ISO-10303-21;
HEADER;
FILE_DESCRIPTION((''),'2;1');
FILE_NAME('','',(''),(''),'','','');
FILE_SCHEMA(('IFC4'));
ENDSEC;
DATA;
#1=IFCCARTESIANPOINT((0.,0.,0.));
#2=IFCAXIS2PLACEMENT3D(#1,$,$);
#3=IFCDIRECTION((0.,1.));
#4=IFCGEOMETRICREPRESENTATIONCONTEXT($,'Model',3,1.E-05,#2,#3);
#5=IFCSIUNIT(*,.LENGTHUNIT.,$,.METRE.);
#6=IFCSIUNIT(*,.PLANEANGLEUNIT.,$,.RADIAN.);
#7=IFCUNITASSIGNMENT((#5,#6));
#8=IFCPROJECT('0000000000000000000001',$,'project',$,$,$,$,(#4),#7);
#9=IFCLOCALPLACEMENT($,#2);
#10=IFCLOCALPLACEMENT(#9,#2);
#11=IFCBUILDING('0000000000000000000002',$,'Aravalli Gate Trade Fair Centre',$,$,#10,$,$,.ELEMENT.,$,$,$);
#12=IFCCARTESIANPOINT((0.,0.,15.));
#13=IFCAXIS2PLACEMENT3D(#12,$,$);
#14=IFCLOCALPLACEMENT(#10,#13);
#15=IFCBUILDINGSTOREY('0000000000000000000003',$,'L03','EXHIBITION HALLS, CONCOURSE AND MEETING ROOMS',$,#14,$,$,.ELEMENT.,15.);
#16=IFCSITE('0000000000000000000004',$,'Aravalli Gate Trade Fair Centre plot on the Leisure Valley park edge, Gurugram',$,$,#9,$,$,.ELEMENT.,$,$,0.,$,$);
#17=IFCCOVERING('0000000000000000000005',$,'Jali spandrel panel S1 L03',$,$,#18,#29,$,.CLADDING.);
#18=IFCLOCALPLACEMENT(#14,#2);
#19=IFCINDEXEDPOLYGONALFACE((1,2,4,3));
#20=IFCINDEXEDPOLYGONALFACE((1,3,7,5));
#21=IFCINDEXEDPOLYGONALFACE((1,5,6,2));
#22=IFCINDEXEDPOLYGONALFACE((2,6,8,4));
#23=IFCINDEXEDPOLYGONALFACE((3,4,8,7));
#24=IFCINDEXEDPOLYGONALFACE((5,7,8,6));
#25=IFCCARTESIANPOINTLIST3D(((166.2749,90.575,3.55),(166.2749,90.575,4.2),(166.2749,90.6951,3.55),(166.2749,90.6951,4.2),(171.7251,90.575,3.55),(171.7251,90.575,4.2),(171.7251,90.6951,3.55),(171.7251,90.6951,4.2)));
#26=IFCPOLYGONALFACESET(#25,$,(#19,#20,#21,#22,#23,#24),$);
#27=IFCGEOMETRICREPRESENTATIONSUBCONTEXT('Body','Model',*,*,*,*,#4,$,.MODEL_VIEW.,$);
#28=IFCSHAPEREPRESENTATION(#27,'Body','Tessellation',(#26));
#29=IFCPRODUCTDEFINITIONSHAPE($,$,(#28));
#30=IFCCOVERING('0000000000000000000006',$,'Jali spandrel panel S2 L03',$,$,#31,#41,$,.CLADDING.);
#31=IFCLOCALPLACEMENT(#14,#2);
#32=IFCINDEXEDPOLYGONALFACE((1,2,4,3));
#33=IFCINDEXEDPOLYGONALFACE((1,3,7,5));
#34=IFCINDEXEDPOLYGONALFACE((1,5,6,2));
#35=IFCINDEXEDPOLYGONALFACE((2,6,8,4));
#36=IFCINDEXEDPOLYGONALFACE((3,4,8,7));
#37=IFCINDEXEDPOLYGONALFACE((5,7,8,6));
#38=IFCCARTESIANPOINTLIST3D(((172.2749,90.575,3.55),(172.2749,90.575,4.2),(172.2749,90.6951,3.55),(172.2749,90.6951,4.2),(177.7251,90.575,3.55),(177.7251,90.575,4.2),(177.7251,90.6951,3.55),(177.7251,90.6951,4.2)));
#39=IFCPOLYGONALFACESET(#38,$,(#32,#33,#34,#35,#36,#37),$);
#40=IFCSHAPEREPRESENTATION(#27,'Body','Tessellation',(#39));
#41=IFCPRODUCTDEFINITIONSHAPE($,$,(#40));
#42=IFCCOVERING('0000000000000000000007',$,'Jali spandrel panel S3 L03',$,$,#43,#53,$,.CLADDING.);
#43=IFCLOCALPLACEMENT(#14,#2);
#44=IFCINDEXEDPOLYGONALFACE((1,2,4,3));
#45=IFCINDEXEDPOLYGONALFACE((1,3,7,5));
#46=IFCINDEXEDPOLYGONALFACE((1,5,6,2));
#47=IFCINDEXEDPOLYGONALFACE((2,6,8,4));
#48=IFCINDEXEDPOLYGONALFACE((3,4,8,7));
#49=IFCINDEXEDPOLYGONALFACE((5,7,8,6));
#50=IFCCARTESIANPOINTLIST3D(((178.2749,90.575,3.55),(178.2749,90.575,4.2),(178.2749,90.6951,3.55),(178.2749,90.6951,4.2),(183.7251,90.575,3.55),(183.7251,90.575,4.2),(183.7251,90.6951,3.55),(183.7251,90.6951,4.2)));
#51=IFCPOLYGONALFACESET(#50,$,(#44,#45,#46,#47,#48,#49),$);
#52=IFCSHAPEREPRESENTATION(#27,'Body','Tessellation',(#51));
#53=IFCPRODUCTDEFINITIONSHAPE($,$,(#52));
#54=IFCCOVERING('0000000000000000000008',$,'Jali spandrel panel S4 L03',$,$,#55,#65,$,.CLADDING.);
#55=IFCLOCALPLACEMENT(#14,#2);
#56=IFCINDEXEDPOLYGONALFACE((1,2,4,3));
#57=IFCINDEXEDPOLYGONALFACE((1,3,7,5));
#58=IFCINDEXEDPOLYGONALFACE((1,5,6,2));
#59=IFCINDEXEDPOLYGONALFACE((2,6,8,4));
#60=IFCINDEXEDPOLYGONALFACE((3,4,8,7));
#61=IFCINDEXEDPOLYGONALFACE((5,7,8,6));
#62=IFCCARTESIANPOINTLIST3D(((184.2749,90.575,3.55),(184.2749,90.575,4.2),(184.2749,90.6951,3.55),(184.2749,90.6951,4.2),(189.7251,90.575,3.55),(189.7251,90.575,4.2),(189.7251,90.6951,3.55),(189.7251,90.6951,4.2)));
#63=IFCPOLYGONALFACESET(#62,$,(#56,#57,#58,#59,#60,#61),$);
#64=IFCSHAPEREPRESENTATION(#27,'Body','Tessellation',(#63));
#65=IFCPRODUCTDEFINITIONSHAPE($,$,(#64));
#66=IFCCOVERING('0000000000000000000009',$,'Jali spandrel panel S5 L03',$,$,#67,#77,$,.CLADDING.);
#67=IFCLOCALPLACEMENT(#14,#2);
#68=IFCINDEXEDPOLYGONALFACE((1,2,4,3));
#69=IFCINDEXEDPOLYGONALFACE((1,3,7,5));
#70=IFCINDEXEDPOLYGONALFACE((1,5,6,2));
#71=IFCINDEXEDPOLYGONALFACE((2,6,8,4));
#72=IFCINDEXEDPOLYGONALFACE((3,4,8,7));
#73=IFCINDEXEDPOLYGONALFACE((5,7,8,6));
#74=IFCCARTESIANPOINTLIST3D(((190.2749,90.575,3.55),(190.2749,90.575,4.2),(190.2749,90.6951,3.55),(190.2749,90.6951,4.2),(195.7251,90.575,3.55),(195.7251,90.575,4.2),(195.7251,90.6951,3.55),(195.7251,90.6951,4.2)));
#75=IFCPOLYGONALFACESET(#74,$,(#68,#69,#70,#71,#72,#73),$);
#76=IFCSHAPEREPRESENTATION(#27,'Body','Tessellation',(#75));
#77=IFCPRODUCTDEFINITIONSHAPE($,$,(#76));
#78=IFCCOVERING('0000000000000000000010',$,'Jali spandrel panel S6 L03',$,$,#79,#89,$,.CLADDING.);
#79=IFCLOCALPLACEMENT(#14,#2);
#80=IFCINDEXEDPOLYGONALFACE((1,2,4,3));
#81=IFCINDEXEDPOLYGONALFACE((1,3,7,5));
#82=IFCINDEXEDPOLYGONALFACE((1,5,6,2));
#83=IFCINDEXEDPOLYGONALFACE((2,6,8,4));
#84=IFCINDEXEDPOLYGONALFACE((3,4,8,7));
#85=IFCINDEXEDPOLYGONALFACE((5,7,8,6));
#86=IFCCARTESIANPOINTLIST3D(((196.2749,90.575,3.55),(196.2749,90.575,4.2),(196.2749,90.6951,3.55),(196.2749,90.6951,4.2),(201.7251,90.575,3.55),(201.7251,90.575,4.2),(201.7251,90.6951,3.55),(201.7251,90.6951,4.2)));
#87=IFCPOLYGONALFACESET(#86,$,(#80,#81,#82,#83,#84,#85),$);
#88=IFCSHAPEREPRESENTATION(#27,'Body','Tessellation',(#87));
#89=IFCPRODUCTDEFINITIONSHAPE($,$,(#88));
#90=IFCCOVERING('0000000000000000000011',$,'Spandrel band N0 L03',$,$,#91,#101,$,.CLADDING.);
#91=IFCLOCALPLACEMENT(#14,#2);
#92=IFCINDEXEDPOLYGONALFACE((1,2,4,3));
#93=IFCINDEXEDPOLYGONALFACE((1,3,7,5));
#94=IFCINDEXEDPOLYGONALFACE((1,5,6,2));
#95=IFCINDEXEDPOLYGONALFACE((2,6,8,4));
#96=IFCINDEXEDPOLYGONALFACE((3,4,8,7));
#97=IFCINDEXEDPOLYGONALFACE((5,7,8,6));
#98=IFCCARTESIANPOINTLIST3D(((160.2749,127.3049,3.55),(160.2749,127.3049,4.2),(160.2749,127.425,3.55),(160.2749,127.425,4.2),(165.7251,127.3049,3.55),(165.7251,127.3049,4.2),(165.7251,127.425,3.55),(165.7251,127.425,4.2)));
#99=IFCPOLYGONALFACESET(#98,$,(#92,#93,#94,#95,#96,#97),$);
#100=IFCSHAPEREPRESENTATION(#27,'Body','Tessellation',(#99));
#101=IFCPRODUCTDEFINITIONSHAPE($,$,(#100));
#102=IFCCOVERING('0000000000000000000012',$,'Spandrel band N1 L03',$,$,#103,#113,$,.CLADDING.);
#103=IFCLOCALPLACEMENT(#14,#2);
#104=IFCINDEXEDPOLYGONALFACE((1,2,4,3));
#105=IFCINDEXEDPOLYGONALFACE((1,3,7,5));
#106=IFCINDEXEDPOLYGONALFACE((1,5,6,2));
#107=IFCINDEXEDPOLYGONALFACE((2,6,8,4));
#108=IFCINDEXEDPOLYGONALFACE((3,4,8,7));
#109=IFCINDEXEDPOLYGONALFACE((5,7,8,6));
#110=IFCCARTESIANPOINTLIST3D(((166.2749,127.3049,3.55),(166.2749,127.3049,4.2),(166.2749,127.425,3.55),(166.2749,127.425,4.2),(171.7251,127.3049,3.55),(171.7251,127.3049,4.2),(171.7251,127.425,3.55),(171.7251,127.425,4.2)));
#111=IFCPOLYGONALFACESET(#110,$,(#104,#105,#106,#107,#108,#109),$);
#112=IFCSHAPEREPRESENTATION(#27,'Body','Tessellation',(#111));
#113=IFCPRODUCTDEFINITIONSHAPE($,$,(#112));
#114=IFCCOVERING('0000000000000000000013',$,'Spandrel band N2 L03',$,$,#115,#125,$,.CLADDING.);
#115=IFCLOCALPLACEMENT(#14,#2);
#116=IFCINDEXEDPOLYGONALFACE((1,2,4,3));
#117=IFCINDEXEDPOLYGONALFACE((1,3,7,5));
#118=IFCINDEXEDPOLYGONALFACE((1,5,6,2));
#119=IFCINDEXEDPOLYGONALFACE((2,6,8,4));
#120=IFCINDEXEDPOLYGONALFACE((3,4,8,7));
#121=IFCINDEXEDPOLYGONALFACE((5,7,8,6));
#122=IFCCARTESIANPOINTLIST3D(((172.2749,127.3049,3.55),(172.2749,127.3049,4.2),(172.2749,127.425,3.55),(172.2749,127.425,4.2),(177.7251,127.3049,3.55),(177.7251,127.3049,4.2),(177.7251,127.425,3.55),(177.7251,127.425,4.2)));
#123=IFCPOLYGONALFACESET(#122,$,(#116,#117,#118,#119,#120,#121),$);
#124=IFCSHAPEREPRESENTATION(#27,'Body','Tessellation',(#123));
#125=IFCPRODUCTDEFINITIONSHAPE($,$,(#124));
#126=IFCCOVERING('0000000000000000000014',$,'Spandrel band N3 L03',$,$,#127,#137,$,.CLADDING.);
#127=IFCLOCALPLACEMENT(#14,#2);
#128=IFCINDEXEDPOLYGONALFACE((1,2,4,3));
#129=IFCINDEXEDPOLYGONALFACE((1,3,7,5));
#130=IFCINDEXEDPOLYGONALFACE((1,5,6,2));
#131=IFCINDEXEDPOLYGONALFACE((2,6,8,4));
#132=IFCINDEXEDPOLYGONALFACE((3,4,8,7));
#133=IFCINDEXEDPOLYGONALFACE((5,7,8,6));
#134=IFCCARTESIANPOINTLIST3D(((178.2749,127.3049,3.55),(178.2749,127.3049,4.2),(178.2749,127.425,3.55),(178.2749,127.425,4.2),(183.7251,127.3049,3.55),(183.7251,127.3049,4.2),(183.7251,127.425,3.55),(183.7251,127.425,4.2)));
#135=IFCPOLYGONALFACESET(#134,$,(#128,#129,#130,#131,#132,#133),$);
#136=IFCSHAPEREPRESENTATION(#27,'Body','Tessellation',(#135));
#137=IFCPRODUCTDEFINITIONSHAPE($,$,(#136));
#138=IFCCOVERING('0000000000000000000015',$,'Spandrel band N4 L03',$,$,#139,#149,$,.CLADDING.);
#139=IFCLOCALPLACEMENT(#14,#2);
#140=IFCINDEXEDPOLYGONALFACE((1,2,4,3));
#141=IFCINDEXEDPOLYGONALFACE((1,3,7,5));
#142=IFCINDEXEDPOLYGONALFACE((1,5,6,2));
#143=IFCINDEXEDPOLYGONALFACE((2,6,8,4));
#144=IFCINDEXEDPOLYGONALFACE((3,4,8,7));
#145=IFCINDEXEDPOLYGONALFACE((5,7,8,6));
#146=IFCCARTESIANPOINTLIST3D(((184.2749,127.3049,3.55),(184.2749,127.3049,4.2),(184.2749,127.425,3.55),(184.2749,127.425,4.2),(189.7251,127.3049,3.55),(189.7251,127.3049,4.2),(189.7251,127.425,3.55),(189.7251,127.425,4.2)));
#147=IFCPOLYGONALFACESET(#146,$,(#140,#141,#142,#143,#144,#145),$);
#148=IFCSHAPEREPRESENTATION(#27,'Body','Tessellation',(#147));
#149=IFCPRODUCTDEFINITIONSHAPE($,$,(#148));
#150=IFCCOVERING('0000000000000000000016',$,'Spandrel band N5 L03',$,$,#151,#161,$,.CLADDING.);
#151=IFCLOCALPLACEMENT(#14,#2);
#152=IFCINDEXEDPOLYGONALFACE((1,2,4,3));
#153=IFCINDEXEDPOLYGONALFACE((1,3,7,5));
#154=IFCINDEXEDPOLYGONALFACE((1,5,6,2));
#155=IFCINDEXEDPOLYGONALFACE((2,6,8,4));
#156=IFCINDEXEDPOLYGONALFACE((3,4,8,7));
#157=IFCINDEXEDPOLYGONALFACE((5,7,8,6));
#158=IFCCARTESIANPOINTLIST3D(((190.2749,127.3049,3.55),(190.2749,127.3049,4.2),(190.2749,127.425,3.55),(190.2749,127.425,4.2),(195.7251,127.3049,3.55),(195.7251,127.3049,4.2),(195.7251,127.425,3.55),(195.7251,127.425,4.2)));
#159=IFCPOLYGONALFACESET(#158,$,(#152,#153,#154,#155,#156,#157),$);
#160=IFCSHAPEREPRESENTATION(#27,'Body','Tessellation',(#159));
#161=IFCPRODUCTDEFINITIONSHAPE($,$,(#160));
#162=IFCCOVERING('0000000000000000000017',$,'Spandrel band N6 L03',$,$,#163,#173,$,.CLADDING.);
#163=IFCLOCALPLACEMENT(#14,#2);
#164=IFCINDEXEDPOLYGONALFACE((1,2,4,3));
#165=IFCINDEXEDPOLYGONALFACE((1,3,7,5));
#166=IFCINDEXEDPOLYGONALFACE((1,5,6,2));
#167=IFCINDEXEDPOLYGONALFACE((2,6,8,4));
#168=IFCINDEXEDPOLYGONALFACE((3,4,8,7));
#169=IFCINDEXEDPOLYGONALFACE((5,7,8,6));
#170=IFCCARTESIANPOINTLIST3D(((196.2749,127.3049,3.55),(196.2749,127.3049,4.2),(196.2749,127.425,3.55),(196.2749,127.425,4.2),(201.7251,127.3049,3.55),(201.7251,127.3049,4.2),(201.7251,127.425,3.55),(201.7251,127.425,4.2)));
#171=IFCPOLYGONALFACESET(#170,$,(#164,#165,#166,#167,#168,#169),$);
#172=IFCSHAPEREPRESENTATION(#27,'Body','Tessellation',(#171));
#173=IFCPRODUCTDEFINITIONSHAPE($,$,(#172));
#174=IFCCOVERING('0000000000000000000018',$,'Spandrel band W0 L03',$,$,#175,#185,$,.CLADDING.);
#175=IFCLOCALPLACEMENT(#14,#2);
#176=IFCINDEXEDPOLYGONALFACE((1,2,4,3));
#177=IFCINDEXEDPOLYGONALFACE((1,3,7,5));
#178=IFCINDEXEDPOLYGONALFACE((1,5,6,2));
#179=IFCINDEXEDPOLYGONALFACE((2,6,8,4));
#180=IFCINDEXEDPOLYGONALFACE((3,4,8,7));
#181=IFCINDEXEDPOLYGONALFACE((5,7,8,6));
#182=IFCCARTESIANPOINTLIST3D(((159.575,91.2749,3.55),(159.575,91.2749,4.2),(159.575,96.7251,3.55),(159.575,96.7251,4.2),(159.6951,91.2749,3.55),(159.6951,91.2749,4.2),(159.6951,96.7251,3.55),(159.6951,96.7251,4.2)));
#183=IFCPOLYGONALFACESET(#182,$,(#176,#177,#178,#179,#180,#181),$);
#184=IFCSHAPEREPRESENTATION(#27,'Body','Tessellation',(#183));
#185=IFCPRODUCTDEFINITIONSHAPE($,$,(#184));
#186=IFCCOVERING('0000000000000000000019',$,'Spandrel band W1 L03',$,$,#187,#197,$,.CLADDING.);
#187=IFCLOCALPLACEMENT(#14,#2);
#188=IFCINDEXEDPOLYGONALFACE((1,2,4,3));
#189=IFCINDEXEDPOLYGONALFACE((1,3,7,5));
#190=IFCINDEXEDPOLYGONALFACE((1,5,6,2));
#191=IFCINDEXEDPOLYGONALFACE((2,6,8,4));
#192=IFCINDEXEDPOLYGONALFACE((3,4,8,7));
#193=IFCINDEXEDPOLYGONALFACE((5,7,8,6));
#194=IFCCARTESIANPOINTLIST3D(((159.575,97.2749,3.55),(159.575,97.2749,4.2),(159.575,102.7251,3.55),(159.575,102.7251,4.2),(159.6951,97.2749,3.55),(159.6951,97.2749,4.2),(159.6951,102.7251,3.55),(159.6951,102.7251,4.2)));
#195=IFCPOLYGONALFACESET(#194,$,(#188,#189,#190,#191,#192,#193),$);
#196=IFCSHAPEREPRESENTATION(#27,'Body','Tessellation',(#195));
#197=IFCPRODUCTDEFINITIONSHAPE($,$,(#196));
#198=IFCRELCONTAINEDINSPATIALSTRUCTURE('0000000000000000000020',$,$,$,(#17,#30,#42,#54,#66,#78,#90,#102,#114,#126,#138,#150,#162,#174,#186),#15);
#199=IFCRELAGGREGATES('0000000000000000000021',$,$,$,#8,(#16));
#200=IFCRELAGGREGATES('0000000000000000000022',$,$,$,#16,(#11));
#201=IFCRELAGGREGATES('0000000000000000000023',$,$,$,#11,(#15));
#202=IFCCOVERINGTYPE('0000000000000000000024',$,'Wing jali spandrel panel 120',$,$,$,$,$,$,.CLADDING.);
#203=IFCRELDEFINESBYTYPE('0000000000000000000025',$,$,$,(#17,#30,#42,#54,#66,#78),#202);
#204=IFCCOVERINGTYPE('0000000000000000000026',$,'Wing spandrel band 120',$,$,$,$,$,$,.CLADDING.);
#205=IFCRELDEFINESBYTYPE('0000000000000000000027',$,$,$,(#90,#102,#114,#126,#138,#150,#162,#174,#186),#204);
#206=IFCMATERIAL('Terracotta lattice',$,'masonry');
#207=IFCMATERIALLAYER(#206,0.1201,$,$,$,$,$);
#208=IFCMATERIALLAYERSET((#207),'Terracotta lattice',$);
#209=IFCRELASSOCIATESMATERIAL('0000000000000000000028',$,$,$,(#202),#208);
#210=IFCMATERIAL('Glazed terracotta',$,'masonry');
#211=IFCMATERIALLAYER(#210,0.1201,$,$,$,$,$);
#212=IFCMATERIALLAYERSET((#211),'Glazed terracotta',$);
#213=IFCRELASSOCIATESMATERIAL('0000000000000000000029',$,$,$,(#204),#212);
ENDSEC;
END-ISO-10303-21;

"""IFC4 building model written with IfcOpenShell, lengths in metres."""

from ifc_helpers import new_model, si_unit, direction, frame, origin, place, context, subcontext, project, spatial, polyline, outline, extrude, material, layer, layer_set, type_object, element, save


model = new_model("IFC4")

# Units and contexts
model_context = context("Model", 3, precision=1e-05, world=origin(), true_north=direction((0.0, 1.0)))
body_context = subcontext(model_context, "Body", "Model", "MODEL_VIEW")
ifc_project = project(units=[si_unit("LENGTHUNIT", "METRE"), si_unit("PLANEANGLEUNIT", "RADIAN")], contexts=[model_context])

# Site, building, storey
site_placement = place(None, origin())
site = spatial("IfcSite", under=ifc_project, at=site_placement, Name="Aravalli Gate Trade Fair Centre plot on the Leisure Valley park edge, Gurugram", CompositionType="ELEMENT", RefElevation=0.0)
building_placement = place(site_placement, origin())
building = spatial("IfcBuilding", under=site, at=building_placement, Name="Aravalli Gate Trade Fair Centre", CompositionType="ELEMENT")
storey_placement = place(building_placement, frame((0.0, 0.0, 15.0)))
storey = spatial("IfcBuildingStorey", under=building, at=storey_placement, Name="L03", Description="EXHIBITION HALLS, CONCOURSE AND MEETING ROOMS", CompositionType="ELEMENT", Elevation=15.0)

# Coverings
ifc_material_1 = material(Name="Terracotta lattice", Category="masonry")
ifc_layer_1 = layer(ifc_material_1, 0.1201)
ifc_layer_set_1 = layer_set([ifc_layer_1], Name="Terracotta lattice")
covering_type_1 = type_object("IfcCoveringType", Name="Wing jali spandrel panel 120", PredefinedType="CLADDING", material=ifc_layer_set_1)
covering_1_placement = place(storey_placement, frame((0.0, 0.0, 3.55)))
element("IfcCovering", 1, at=covering_1_placement, inside=storey, type_object=covering_type_1, Name="Jali spandrel panel S1 L03", PredefinedType="CLADDING", context=body_context, shape_type="SweptSolid", body=[
    extrude(outline(polyline([(166.2749, 90.575), (171.7251, 90.575), (171.7251, 90.6951), (166.2749, 90.6951), (166.2749, 90.575)])), origin(), (0.0, 0.0, 1.0), 0.6499),
])
covering_2_placement = place(storey_placement, frame((0.0, 0.0, 3.55)))
element("IfcCovering", 2, at=covering_2_placement, inside=storey, type_object=covering_type_1, Name="Jali spandrel panel S2 L03", PredefinedType="CLADDING", context=body_context, shape_type="SweptSolid", body=[
    extrude(outline(polyline([(172.2749, 90.575), (177.7251, 90.575), (177.7251, 90.6951), (172.2749, 90.6951), (172.2749, 90.575)])), origin(), (0.0, 0.0, 1.0), 0.6499),
])
covering_3_placement = place(storey_placement, frame((0.0, 0.0, 3.55)))
element("IfcCovering", 3, at=covering_3_placement, inside=storey, type_object=covering_type_1, Name="Jali spandrel panel S3 L03", PredefinedType="CLADDING", context=body_context, shape_type="SweptSolid", body=[
    extrude(outline(polyline([(178.2749, 90.575), (183.7251, 90.575), (183.7251, 90.6951), (178.2749, 90.6951), (178.2749, 90.575)])), origin(), (0.0, 0.0, 1.0), 0.6499),
])
covering_4_placement = place(storey_placement, frame((0.0, 0.0, 3.55)))
element("IfcCovering", 4, at=covering_4_placement, inside=storey, type_object=covering_type_1, Name="Jali spandrel panel S4 L03", PredefinedType="CLADDING", context=body_context, shape_type="SweptSolid", body=[
    extrude(outline(polyline([(184.2749, 90.575), (189.7251, 90.575), (189.7251, 90.6951), (184.2749, 90.6951), (184.2749, 90.575)])), origin(), (0.0, 0.0, 1.0), 0.6499),
])
covering_5_placement = place(storey_placement, frame((0.0, 0.0, 3.55)))
element("IfcCovering", 5, at=covering_5_placement, inside=storey, type_object=covering_type_1, Name="Jali spandrel panel S5 L03", PredefinedType="CLADDING", context=body_context, shape_type="SweptSolid", body=[
    extrude(outline(polyline([(190.2749, 90.575), (195.7251, 90.575), (195.7251, 90.6951), (190.2749, 90.6951), (190.2749, 90.575)])), origin(), (0.0, 0.0, 1.0), 0.6499),
])
covering_6_placement = place(storey_placement, frame((0.0, 0.0, 3.55)))
element("IfcCovering", 6, at=covering_6_placement, inside=storey, type_object=covering_type_1, Name="Jali spandrel panel S6 L03", PredefinedType="CLADDING", context=body_context, shape_type="SweptSolid", body=[
    extrude(outline(polyline([(196.2749, 90.575), (201.7251, 90.575), (201.7251, 90.6951), (196.2749, 90.6951), (196.2749, 90.575)])), origin(), (0.0, 0.0, 1.0), 0.6499),
])
ifc_material_2 = material(Name="Glazed terracotta", Category="masonry")
ifc_layer_2 = layer(ifc_material_2, 0.1201)
ifc_layer_set_2 = layer_set([ifc_layer_2], Name="Glazed terracotta")
covering_type_2 = type_object("IfcCoveringType", Name="Wing spandrel band 120", PredefinedType="CLADDING", material=ifc_layer_set_2)
covering_7_placement = place(storey_placement, frame((0.0, 0.0, 3.55)))
element("IfcCovering", 7, at=covering_7_placement, inside=storey, type_object=covering_type_2, Name="Spandrel band N0 L03", PredefinedType="CLADDING", context=body_context, shape_type="SweptSolid", body=[
    extrude(outline(polyline([(160.2749, 127.3049), (165.7251, 127.3049), (165.7251, 127.425), (160.2749, 127.425), (160.2749, 127.3049)])), origin(), (0.0, 0.0, 1.0), 0.6499),
])
covering_8_placement = place(storey_placement, frame((0.0, 0.0, 3.55)))
element("IfcCovering", 8, at=covering_8_placement, inside=storey, type_object=covering_type_2, Name="Spandrel band N1 L03", PredefinedType="CLADDING", context=body_context, shape_type="SweptSolid", body=[
    extrude(outline(polyline([(166.2749, 127.3049), (171.7251, 127.3049), (171.7251, 127.425), (166.2749, 127.425), (166.2749, 127.3049)])), origin(), (0.0, 0.0, 1.0), 0.6499),
])
covering_9_placement = place(storey_placement, frame((0.0, 0.0, 3.55)))
element("IfcCovering", 9, at=covering_9_placement, inside=storey, type_object=covering_type_2, Name="Spandrel band N2 L03", PredefinedType="CLADDING", context=body_context, shape_type="SweptSolid", body=[
    extrude(outline(polyline([(172.2749, 127.3049), (177.7251, 127.3049), (177.7251, 127.425), (172.2749, 127.425), (172.2749, 127.3049)])), origin(), (0.0, 0.0, 1.0), 0.6499),
])
covering_10_placement = place(storey_placement, frame((0.0, 0.0, 3.55)))
element("IfcCovering", 10, at=covering_10_placement, inside=storey, type_object=covering_type_2, Name="Spandrel band N3 L03", PredefinedType="CLADDING", context=body_context, shape_type="SweptSolid", body=[
    extrude(outline(polyline([(178.2749, 127.3049), (183.7251, 127.3049), (183.7251, 127.425), (178.2749, 127.425), (178.2749, 127.3049)])), origin(), (0.0, 0.0, 1.0), 0.6499),
])
covering_11_placement = place(storey_placement, frame((0.0, 0.0, 3.55)))
element("IfcCovering", 11, at=covering_11_placement, inside=storey, type_object=covering_type_2, Name="Spandrel band N4 L03", PredefinedType="CLADDING", context=body_context, shape_type="SweptSolid", body=[
    extrude(outline(polyline([(184.2749, 127.3049), (189.7251, 127.3049), (189.7251, 127.425), (184.2749, 127.425), (184.2749, 127.3049)])), origin(), (0.0, 0.0, 1.0), 0.6499),
])
covering_12_placement = place(storey_placement, frame((0.0, 0.0, 3.55)))
element("IfcCovering", 12, at=covering_12_placement, inside=storey, type_object=covering_type_2, Name="Spandrel band N5 L03", PredefinedType="CLADDING", context=body_context, shape_type="SweptSolid", body=[
    extrude(outline(polyline([(190.2749, 127.3049), (195.7251, 127.3049), (195.7251, 127.425), (190.2749, 127.425), (190.2749, 127.3049)])), origin(), (0.0, 0.0, 1.0), 0.6499),
])
covering_13_placement = place(storey_placement, frame((0.0, 0.0, 3.55)))
element("IfcCovering", 13, at=covering_13_placement, inside=storey, type_object=covering_type_2, Name="Spandrel band N6 L03", PredefinedType="CLADDING", context=body_context, shape_type="SweptSolid", body=[
    extrude(outline(polyline([(196.2749, 127.3049), (201.7251, 127.3049), (201.7251, 127.425), (196.2749, 127.425), (196.2749, 127.3049)])), origin(), (0.0, 0.0, 1.0), 0.6499),
])
covering_14_placement = place(storey_placement, frame((0.0, 0.0, 3.55)))
element("IfcCovering", 14, at=covering_14_placement, inside=storey, type_object=covering_type_2, Name="Spandrel band W0 L03", PredefinedType="CLADDING", context=body_context, shape_type="SweptSolid", body=[
    extrude(outline(polyline([(159.575, 91.2749), (159.6951, 91.2749), (159.6951, 96.7251), (159.575, 96.7251), (159.575, 91.2749)])), origin(), (0.0, 0.0, 1.0), 0.6499),
])
covering_15_placement = place(storey_placement, frame((0.0, 0.0, 3.55)))
element("IfcCovering", 15, at=covering_15_placement, inside=storey, type_object=covering_type_2, Name="Spandrel band W1 L03", PredefinedType="CLADDING", context=body_context, shape_type="SweptSolid", body=[
    extrude(outline(polyline([(159.575, 97.2749), (159.6951, 97.2749), (159.6951, 102.7251), (159.575, 102.7251), (159.575, 97.2749)])), origin(), (0.0, 0.0, 1.0), 0.6499),
])

save(model, "model.ifc")
